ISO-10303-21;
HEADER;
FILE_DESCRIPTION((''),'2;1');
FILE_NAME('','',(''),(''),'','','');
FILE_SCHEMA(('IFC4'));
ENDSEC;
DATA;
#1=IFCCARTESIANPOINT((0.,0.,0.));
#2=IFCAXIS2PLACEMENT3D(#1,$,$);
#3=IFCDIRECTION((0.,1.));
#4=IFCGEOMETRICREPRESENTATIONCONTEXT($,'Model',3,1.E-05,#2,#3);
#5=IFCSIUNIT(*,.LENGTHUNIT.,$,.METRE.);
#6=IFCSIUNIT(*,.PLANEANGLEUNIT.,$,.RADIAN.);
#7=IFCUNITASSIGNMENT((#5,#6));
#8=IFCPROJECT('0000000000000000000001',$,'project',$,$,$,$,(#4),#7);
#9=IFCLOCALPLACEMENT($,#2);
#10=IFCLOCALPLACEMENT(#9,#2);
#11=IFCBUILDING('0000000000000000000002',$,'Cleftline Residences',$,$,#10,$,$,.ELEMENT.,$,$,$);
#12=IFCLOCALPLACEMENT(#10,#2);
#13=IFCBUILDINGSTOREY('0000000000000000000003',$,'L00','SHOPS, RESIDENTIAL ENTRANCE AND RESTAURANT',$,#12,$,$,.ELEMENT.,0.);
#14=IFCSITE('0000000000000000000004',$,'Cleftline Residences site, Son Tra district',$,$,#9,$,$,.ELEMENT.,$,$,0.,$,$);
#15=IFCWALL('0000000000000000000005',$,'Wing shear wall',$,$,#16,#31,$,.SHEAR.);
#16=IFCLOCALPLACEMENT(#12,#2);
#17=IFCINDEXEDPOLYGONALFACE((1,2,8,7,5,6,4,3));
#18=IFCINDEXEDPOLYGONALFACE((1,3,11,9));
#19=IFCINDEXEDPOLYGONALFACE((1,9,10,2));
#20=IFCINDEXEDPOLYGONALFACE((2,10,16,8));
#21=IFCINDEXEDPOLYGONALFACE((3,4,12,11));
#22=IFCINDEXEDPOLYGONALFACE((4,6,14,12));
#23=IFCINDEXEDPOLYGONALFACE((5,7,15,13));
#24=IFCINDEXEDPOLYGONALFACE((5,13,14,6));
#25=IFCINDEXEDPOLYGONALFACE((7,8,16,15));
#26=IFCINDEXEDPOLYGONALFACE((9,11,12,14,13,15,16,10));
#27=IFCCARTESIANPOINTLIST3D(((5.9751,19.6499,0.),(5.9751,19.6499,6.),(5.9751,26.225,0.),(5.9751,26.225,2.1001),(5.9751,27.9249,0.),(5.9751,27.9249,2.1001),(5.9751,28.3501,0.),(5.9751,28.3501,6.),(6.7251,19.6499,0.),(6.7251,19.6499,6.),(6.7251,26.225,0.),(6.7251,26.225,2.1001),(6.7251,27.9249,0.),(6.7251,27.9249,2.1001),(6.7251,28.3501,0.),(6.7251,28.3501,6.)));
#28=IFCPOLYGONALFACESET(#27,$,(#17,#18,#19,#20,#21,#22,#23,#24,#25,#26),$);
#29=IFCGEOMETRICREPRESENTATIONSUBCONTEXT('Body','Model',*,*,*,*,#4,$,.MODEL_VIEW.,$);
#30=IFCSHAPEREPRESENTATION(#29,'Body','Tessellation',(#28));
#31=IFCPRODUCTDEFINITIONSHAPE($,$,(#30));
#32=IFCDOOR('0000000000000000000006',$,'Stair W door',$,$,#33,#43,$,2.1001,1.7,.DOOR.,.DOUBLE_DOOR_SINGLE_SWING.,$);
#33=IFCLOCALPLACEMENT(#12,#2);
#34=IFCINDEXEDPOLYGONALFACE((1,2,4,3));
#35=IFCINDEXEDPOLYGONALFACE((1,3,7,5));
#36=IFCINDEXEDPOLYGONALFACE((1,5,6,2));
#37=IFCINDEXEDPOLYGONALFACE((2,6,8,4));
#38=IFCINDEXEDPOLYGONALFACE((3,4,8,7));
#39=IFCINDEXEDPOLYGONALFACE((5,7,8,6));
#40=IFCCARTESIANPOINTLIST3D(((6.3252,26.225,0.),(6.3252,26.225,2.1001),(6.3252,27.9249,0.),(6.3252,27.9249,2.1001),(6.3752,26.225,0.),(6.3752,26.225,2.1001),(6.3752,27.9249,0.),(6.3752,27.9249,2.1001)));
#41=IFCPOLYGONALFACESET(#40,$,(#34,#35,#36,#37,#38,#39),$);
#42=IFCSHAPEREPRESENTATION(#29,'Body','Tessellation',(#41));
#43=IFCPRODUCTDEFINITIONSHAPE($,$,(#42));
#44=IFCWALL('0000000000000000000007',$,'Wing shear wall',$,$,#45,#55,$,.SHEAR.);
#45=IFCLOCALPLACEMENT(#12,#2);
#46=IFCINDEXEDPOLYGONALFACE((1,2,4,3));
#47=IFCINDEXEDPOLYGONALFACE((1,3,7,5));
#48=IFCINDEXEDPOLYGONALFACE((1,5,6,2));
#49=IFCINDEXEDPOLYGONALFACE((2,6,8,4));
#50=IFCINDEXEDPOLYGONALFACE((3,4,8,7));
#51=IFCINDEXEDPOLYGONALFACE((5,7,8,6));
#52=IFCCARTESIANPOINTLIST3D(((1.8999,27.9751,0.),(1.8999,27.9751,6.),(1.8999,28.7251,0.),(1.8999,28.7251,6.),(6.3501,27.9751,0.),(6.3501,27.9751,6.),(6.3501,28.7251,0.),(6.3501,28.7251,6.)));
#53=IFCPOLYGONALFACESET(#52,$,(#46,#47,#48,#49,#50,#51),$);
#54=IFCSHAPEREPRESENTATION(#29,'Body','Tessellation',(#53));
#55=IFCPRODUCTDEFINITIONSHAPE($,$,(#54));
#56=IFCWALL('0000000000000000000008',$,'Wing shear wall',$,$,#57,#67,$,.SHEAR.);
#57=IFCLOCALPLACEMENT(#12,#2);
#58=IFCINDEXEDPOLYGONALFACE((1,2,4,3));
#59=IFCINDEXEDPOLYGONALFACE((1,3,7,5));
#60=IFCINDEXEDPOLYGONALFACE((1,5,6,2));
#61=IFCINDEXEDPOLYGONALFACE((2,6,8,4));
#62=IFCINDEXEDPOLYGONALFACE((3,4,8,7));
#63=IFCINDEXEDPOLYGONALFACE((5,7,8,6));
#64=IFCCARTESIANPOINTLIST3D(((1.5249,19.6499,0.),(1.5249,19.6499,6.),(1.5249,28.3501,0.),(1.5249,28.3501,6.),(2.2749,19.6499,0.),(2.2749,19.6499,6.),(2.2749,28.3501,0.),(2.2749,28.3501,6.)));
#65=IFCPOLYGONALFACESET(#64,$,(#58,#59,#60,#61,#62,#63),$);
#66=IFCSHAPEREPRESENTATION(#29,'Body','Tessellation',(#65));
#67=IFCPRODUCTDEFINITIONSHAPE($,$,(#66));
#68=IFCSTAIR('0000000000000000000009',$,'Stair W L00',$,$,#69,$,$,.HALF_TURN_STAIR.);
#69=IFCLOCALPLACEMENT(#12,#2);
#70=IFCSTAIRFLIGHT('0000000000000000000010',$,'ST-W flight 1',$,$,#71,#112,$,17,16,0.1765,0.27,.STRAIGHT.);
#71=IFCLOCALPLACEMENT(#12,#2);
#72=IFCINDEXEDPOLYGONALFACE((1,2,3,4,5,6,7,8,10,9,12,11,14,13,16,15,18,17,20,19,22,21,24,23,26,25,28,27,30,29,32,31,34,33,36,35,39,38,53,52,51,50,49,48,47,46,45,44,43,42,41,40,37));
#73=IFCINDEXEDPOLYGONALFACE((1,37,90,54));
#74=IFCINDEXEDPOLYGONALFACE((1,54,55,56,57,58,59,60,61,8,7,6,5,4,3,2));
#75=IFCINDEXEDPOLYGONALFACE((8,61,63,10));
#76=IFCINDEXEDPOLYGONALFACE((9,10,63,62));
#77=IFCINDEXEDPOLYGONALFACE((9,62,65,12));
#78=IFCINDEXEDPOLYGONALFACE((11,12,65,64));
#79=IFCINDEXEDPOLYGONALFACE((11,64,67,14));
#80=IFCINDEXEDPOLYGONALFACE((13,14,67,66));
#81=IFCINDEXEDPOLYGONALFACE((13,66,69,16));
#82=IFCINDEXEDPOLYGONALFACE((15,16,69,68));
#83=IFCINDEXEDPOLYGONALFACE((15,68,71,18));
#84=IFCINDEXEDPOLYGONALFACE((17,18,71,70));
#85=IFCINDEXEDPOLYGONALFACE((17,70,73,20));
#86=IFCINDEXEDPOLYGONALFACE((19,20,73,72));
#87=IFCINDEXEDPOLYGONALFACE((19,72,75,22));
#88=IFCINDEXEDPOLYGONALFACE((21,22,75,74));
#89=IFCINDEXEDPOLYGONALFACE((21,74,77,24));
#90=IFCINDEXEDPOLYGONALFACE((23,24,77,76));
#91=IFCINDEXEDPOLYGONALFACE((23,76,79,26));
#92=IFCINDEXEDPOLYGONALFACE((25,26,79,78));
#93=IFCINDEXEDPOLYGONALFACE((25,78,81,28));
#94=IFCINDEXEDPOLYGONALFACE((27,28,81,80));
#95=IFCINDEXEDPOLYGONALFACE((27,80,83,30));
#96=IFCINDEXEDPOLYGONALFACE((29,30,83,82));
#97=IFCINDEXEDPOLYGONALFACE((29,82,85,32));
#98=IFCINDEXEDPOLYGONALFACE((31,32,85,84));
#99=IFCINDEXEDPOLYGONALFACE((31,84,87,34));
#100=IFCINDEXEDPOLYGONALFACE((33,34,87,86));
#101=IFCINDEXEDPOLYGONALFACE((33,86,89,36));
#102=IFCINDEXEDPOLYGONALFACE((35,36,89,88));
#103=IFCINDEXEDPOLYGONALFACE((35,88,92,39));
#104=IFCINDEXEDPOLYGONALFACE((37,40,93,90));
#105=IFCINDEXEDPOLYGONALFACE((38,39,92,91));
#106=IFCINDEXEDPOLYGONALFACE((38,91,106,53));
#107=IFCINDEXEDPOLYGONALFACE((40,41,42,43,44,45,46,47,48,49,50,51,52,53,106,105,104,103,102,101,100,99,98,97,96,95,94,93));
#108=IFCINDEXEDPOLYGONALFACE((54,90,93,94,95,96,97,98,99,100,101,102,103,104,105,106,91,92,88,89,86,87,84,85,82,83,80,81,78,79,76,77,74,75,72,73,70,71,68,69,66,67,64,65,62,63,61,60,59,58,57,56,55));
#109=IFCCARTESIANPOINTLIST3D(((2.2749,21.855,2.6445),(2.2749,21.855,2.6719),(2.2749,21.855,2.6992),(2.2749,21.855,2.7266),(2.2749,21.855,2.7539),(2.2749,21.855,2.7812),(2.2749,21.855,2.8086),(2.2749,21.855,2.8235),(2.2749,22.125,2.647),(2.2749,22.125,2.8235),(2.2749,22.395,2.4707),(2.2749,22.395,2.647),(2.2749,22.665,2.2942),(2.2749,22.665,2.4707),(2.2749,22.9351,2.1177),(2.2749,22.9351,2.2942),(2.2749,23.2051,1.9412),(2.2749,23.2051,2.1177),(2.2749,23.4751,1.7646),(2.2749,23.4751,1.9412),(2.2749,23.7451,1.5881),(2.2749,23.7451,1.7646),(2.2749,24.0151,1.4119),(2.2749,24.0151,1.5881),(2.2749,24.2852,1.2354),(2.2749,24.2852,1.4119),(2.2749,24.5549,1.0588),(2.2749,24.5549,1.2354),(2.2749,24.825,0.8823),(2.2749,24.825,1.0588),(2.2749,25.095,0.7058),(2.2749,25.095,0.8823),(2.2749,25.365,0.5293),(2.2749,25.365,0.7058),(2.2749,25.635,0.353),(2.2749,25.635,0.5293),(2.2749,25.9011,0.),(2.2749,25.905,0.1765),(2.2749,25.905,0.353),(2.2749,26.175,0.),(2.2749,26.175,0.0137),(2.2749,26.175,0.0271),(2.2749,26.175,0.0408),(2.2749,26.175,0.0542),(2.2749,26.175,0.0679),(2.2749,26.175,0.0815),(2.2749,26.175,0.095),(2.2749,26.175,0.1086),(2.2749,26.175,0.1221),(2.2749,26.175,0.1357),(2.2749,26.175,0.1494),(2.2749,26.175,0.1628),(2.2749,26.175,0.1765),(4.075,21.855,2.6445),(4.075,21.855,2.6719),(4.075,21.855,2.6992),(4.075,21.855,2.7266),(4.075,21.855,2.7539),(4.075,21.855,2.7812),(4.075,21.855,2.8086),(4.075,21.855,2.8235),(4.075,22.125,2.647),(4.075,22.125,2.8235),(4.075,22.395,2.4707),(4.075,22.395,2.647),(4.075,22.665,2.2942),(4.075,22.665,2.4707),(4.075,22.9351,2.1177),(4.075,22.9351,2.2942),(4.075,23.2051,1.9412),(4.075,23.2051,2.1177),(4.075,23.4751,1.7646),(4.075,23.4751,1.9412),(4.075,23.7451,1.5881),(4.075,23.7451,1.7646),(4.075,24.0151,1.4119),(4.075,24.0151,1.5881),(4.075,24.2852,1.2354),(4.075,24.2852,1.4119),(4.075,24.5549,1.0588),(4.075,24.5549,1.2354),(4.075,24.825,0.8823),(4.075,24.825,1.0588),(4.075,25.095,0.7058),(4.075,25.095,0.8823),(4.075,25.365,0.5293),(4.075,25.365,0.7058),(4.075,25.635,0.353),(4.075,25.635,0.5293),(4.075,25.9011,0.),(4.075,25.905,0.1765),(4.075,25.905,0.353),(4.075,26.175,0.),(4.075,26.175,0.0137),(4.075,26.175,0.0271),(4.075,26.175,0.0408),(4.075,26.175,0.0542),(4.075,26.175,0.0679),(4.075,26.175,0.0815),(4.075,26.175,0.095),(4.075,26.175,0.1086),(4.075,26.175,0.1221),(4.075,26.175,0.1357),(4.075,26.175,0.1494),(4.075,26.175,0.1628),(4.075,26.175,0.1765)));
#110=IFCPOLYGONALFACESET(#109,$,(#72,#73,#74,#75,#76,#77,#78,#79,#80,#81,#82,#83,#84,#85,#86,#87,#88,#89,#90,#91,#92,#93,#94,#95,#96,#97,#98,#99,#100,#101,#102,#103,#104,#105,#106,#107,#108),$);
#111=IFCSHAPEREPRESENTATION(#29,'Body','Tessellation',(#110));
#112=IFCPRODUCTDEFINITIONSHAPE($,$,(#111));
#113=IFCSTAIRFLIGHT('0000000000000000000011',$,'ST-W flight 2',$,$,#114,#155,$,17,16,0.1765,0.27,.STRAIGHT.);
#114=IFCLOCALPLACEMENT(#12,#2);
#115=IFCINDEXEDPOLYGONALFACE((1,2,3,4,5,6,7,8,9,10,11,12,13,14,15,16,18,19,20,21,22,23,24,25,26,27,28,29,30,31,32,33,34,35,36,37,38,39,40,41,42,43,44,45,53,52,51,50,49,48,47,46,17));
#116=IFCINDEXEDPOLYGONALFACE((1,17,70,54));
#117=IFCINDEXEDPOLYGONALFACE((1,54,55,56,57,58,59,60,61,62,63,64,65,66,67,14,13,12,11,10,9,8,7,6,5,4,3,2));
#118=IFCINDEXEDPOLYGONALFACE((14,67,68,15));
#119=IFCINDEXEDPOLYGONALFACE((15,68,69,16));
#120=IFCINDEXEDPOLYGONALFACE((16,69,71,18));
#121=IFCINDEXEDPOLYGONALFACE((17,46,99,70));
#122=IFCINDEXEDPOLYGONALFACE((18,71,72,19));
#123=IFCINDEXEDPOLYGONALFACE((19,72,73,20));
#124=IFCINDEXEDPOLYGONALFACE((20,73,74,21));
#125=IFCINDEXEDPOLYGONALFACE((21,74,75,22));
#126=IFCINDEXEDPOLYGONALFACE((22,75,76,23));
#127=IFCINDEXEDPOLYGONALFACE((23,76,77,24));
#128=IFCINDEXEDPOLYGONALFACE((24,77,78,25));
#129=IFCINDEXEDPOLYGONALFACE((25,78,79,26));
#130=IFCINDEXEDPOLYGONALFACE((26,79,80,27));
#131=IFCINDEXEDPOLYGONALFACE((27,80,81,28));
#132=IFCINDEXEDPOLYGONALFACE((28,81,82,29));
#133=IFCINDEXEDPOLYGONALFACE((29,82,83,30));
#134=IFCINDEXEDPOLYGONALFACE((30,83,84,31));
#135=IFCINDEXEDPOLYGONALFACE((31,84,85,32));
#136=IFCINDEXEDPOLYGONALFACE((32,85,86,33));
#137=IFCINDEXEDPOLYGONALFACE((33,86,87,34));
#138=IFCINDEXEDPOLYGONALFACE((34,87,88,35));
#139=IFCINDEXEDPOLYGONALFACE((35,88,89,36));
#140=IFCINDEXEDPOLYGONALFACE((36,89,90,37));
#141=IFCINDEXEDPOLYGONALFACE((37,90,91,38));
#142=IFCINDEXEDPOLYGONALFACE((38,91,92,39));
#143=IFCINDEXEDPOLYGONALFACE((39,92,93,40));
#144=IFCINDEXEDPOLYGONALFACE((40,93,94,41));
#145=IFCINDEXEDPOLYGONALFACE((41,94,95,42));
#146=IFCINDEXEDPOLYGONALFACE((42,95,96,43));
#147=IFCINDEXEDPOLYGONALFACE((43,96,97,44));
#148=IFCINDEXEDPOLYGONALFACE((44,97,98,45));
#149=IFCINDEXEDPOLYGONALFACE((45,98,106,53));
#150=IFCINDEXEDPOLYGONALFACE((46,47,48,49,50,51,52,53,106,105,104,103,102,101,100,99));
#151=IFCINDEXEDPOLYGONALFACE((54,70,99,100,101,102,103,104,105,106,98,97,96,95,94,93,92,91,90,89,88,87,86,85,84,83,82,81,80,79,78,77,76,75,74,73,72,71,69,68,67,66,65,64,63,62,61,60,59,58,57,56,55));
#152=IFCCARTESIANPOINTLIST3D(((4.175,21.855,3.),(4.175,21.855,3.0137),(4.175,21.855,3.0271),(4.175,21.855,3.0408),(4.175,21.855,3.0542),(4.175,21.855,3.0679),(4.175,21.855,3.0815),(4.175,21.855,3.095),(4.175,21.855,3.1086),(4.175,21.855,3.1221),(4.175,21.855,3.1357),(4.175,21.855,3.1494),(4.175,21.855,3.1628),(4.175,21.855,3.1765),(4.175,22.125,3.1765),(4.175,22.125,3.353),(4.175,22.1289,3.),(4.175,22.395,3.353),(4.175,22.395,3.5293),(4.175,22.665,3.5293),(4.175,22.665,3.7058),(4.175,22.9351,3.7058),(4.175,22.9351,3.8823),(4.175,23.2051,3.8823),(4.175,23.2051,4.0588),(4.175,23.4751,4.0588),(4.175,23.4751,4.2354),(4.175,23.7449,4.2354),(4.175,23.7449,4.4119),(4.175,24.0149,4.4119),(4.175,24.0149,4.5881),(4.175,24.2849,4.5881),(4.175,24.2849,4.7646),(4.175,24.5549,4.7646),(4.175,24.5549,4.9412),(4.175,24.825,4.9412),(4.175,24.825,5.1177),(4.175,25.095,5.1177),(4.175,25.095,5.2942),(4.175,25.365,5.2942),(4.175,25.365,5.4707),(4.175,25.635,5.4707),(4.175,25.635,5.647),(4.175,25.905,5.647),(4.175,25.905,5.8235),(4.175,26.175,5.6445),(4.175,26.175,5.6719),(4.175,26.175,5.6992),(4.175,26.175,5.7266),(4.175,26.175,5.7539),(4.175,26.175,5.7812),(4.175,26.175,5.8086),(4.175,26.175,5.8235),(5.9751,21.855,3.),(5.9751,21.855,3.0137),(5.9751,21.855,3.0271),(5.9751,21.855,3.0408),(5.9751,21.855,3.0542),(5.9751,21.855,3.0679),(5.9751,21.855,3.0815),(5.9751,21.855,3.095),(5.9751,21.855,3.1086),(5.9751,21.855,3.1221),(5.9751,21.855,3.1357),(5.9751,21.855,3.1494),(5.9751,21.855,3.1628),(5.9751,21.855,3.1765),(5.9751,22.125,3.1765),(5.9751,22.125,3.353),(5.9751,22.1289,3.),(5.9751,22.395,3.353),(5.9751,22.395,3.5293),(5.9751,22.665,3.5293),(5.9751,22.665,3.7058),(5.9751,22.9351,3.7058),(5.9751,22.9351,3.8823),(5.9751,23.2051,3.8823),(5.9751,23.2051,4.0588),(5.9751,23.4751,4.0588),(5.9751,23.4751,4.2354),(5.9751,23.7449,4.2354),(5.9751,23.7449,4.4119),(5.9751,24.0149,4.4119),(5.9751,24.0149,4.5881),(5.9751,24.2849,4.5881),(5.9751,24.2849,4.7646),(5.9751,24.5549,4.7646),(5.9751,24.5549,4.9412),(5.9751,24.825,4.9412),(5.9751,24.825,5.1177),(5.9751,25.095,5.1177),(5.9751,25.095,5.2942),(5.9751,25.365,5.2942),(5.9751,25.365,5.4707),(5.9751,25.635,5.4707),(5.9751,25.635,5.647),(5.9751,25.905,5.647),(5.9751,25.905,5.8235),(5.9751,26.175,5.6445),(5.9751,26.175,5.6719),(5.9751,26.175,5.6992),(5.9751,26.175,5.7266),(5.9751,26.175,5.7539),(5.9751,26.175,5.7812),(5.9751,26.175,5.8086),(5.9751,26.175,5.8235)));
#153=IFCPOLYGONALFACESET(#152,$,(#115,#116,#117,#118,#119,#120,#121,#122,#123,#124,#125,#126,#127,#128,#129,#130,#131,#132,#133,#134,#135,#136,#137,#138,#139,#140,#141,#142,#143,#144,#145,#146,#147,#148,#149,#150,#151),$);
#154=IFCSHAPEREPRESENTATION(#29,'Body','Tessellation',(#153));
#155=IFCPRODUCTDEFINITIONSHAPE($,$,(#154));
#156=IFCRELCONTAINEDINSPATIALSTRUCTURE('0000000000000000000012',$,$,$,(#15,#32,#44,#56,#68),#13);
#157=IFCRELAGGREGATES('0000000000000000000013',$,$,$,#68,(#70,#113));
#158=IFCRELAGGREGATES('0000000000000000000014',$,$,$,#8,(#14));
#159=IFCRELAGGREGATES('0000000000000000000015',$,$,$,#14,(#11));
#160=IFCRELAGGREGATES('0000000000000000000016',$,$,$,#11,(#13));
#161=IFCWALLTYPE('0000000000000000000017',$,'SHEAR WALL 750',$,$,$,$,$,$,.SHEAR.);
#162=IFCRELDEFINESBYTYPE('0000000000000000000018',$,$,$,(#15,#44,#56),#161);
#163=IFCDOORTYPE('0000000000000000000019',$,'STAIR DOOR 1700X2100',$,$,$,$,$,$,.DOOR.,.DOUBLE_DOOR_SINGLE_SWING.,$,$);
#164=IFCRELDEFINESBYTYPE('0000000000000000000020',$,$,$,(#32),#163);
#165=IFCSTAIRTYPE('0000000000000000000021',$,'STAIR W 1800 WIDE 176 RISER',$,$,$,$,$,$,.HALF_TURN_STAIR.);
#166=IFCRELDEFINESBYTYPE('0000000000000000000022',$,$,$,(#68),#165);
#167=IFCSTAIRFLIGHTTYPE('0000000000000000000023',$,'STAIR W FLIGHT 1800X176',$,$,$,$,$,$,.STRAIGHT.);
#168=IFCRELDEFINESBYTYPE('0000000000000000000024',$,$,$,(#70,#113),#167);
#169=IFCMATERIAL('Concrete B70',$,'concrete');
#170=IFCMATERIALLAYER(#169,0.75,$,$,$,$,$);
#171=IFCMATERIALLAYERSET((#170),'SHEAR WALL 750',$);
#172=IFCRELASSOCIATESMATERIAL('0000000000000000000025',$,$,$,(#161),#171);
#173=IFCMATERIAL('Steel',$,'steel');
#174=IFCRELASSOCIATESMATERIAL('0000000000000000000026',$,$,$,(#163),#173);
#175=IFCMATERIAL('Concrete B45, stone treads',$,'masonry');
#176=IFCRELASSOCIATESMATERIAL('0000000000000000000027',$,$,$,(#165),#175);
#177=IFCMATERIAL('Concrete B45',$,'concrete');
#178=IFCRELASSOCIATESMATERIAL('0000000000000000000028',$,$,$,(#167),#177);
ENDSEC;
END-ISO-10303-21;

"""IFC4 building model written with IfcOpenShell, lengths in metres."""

from ifc_helpers import new_model, si_unit, direction, frame, frame_2d, origin, place, context, subcontext, project, spatial, polyline, rectangle, outline, extrude, material, layer, layer_set, type_object, element, fill, aggregate, save


model = new_model("IFC4")

# Units and contexts
model_context = context("Model", 3, precision=1e-05, world=origin(), true_north=direction((0.0, 1.0)))
body_context = subcontext(model_context, "Body", "Model", "MODEL_VIEW")
ifc_project = project(units=[si_unit("LENGTHUNIT", "METRE"), si_unit("PLANEANGLEUNIT", "RADIAN")], contexts=[model_context])

# Site, building, storey
site_placement = place(None, origin())
site = spatial("IfcSite", under=ifc_project, at=site_placement, Name="Cleftline Residences site, Son Tra district", CompositionType="ELEMENT", RefElevation=0.0)
building_placement = place(site_placement, origin())
building = spatial("IfcBuilding", under=site, at=building_placement, Name="Cleftline Residences", CompositionType="ELEMENT")
storey_placement = place(building_placement, origin())
storey = spatial("IfcBuildingStorey", under=building, at=storey_placement, Name="L00", Description="SHOPS, RESIDENTIAL ENTRANCE AND RESTAURANT", CompositionType="ELEMENT", Elevation=0.0)

# Shared definitions
ifc_material_1 = material(Name="Concrete B70", Category="concrete")
ifc_layer_1 = layer(ifc_material_1, 0.75)
ifc_layer_set_1 = layer_set([ifc_layer_1], Name="SHEAR WALL 750")
wall_type_1 = type_object("IfcWallType", Name="SHEAR WALL 750", PredefinedType="SHEAR", material=ifc_layer_set_1)

# Wall, opening, door
wall_1_placement = place(storey_placement, frame((6.3501, 19.6499, 0.0), z_axis=(0.0, 0.0, 1.0), x_axis=(0.0, 1.0, 0.0)))
wall_1 = element("IfcWall", 1, at=wall_1_placement, inside=storey, type_object=wall_type_1, Name="Wing shear wall", PredefinedType="SHEAR", context=body_context, shape_type="SweptSolid", body=[
    extrude(rectangle(XDim=8.7002, YDim=0.75, at=frame_2d((4.3501, 0.0))), origin(), (0.0, 0.0, 1.0), 6.0),
])
opening_1_placement = place(wall_1_placement, frame((6.575, 0.0, 0.0)))
opening_1 = element("IfcOpeningElement", 2, at=opening_1_placement, cuts=wall_1, PredefinedType="OPENING", context=body_context, shape_type="SweptSolid", body=[
    extrude(rectangle(XDim=1.7, YDim=2.1001, at=frame_2d((0.8501, 1.05))), frame((0.0, 0.385, 0.0), z_axis=(0.0, -1.0, 0.0), x_axis=(1.0, 0.0, 0.0)), (0.0, 0.0, 1.0), 0.77),
])
ifc_material_2 = material(Name="Steel", Category="steel")
door_type_1 = type_object("IfcDoorType", Name="STAIR DOOR 1700X2100", OperationType="DOUBLE_DOOR_SINGLE_SWING", PredefinedType="DOOR", material=ifc_material_2)
door_1_placement = place(opening_1_placement, origin())
door_1 = element("IfcDoor", 3, at=door_1_placement, inside=storey, type_object=door_type_1, Name="Stair W door", OperationType="DOUBLE_DOOR_SINGLE_SWING", OverallHeight=2.1001, OverallWidth=1.7, PredefinedType="DOOR", context=body_context, shape_type="SweptSolid", body=[
    extrude(rectangle(XDim=1.7, YDim=2.1001, at=frame_2d((0.8501, 1.05))), frame((0.0, 0.0249, 0.0), z_axis=(0.0, -1.0, 0.0), x_axis=(1.0, 0.0, 0.0)), (0.0, 0.0, 1.0), 0.05),
])
fill(opening_1, door_1)

# Walls
wall_2_placement = place(storey_placement, frame((6.3501, 28.3501, 0.0), z_axis=(0.0, 0.0, 1.0), x_axis=(-1.0, 0.0, 0.0)))
element("IfcWall", 4, at=wall_2_placement, inside=storey, type_object=wall_type_1, Name="Wing shear wall", PredefinedType="SHEAR", context=body_context, shape_type="SweptSolid", body=[
    extrude(rectangle(XDim=4.4502, YDim=0.75, at=frame_2d((2.2251, 0.0))), origin(), (0.0, 0.0, 1.0), 6.0),
])
wall_3_placement = place(storey_placement, frame((1.8999, 28.3501, 0.0), z_axis=(0.0, 0.0, 1.0), x_axis=(0.0, -1.0, 0.0)))
element("IfcWall", 5, at=wall_3_placement, inside=storey, type_object=wall_type_1, Name="Wing shear wall", PredefinedType="SHEAR", context=body_context, shape_type="SweptSolid", body=[
    extrude(rectangle(XDim=8.7002, YDim=0.75, at=frame_2d((4.3501, 0.0))), origin(), (0.0, 0.0, 1.0), 6.0),
])

# Stair, stair flights
ifc_material_3 = material(Name="Concrete B45, stone treads", Category="masonry")
stair_type = type_object("IfcStairType", Name="STAIR W 1800 WIDE 176 RISER", PredefinedType="HALF_TURN_STAIR", material=ifc_material_3)
stair_placement = place(storey_placement, origin())
stair = element("IfcStair", 6, at=stair_placement, inside=storey, type_object=stair_type, Name="Stair W L00", PredefinedType="HALF_TURN_STAIR")
ifc_material_4 = material(Name="Concrete B45", Category="concrete")
stair_flight_type = type_object("IfcStairFlightType", Name="STAIR W FLIGHT 1800X176", PredefinedType="STRAIGHT", material=ifc_material_4)
stair_flight_1_placement = place(storey_placement, frame((3.175, 26.175, 0.0), z_axis=(0.0, 0.0, 1.0), x_axis=(0.0, -1.0, 0.0)))
stair_flight_1 = element("IfcStairFlight", 7, at=stair_flight_1_placement, type_object=stair_flight_type, Name="ST-W flight 1", NumberOfRisers=17, NumberOfTreads=16, PredefinedType="STRAIGHT", RiserHeight=0.1765, TreadLength=0.27, context=body_context, shape_type="SweptSolid", body=[
    extrude(outline(polyline([(0.0, 0.0), (0.0, 0.0137), (0.0, 0.0271), (0.0, 0.0408), (0.0, 0.0542), (0.0, 0.0679), (0.0, 0.0815), (0.0, 0.095), (0.0, 0.1086), (0.0, 0.1221), (0.0, 0.1357), (0.0, 0.1494), (0.0, 0.1628), (0.0, 0.1765), (0.27, 0.1765), (0.27, 0.353), (0.54, 0.353), (0.54, 0.5293), (0.8101, 0.5293), (0.8101, 0.7058), (1.0801, 0.7058), (1.0801, 0.8823), (1.3501, 0.8823), (1.3501, 1.0588), (1.6201, 1.0588), (1.6201, 1.2354), (1.8899, 1.2354), (1.8899, 1.4119), (2.1599, 1.4119), (2.1599, 1.5881), (2.4299, 1.5881), (2.4299, 1.7646), (2.7, 1.7646), (2.7, 1.9412), (2.97, 1.9412), (2.97, 2.1177), (3.24, 2.1177), (3.24, 2.2942), (3.51, 2.2942), (3.51, 2.4707), (3.78, 2.4707), (3.78, 2.647), (4.05, 2.647), (4.05, 2.8235), (4.3201, 2.8235), (4.3201, 3.0), (4.3201, 2.9727), (4.3201, 2.9453), (4.3201, 2.918), (4.3201, 2.8906), (4.3201, 2.8633), (4.3201, 2.8359), (4.3201, 2.8086), (4.3201, 2.7812), (4.3201, 2.7539), (4.3201, 2.7266), (4.3201, 2.6992), (4.3201, 2.6719), (4.3201, 2.6445), (0.2739, 0.0), (0.0, 0.0)])), frame((0.0, 0.8999, 0.0), z_axis=(0.0, -1.0, 0.0), x_axis=(1.0, 0.0, 0.0)), (0.0, 0.0, 1.0), 1.8),
])
stair_flight_2_placement = place(storey_placement, frame((5.075, 21.855, 3.0), z_axis=(0.0, 0.0, 1.0), x_axis=(0.0, 1.0, 0.0)))
stair_flight_2 = element("IfcStairFlight", 8, at=stair_flight_2_placement, type_object=stair_flight_type, Name="ST-W flight 2", NumberOfRisers=17, NumberOfTreads=16, PredefinedType="STRAIGHT", RiserHeight=0.1765, TreadLength=0.27, context=body_context, shape_type="SweptSolid", body=[
    extrude(outline(polyline([(0.0, 0.0), (0.0, 0.0137), (0.0, 0.0271), (0.0, 0.0408), (0.0, 0.0542), (0.0, 0.0679), (0.0, 0.0815), (0.0, 0.095), (0.0, 0.1086), (0.0, 0.1221), (0.0, 0.1357), (0.0, 0.1494), (0.0, 0.1628), (0.0, 0.1765), (0.27, 0.1765), (0.27, 0.353), (0.54, 0.353), (0.54, 0.5293), (0.8101, 0.5293), (0.8101, 0.7058), (1.0801, 0.7058), (1.0801, 0.8823), (1.3501, 0.8823), (1.3501, 1.0588), (1.6201, 1.0588), (1.6201, 1.2354), (1.8899, 1.2354), (1.8899, 1.4119), (2.1599, 1.4119), (2.1599, 1.5881), (2.4299, 1.5881), (2.4299, 1.7646), (2.7, 1.7646), (2.7, 1.9412), (2.97, 1.9412), (2.97, 2.1177), (3.24, 2.1177), (3.24, 2.2942), (3.51, 2.2942), (3.51, 2.4707), (3.78, 2.4707), (3.78, 2.647), (4.05, 2.647), (4.05, 2.8235), (4.3201, 2.8235), (4.3201, 3.0), (4.3201, 2.9727), (4.3201, 2.9453), (4.3201, 2.918), (4.3201, 2.8906), (4.3201, 2.8633), (4.3201, 2.8359), (4.3201, 2.8086), (4.3201, 2.7812), (4.3201, 2.7539), (4.3201, 2.7266), (4.3201, 2.6992), (4.3201, 2.6719), (4.3201, 2.6445), (0.2739, 0.0), (0.0, 0.0)])), frame((0.0, 0.8999, 0.0), z_axis=(0.0, -1.0, 0.0), x_axis=(1.0, 0.0, 0.0)), (0.0, 0.0, 1.0), 1.8),
])
aggregate(stair, [stair_flight_1, stair_flight_2])

save(model, "model.ifc")
